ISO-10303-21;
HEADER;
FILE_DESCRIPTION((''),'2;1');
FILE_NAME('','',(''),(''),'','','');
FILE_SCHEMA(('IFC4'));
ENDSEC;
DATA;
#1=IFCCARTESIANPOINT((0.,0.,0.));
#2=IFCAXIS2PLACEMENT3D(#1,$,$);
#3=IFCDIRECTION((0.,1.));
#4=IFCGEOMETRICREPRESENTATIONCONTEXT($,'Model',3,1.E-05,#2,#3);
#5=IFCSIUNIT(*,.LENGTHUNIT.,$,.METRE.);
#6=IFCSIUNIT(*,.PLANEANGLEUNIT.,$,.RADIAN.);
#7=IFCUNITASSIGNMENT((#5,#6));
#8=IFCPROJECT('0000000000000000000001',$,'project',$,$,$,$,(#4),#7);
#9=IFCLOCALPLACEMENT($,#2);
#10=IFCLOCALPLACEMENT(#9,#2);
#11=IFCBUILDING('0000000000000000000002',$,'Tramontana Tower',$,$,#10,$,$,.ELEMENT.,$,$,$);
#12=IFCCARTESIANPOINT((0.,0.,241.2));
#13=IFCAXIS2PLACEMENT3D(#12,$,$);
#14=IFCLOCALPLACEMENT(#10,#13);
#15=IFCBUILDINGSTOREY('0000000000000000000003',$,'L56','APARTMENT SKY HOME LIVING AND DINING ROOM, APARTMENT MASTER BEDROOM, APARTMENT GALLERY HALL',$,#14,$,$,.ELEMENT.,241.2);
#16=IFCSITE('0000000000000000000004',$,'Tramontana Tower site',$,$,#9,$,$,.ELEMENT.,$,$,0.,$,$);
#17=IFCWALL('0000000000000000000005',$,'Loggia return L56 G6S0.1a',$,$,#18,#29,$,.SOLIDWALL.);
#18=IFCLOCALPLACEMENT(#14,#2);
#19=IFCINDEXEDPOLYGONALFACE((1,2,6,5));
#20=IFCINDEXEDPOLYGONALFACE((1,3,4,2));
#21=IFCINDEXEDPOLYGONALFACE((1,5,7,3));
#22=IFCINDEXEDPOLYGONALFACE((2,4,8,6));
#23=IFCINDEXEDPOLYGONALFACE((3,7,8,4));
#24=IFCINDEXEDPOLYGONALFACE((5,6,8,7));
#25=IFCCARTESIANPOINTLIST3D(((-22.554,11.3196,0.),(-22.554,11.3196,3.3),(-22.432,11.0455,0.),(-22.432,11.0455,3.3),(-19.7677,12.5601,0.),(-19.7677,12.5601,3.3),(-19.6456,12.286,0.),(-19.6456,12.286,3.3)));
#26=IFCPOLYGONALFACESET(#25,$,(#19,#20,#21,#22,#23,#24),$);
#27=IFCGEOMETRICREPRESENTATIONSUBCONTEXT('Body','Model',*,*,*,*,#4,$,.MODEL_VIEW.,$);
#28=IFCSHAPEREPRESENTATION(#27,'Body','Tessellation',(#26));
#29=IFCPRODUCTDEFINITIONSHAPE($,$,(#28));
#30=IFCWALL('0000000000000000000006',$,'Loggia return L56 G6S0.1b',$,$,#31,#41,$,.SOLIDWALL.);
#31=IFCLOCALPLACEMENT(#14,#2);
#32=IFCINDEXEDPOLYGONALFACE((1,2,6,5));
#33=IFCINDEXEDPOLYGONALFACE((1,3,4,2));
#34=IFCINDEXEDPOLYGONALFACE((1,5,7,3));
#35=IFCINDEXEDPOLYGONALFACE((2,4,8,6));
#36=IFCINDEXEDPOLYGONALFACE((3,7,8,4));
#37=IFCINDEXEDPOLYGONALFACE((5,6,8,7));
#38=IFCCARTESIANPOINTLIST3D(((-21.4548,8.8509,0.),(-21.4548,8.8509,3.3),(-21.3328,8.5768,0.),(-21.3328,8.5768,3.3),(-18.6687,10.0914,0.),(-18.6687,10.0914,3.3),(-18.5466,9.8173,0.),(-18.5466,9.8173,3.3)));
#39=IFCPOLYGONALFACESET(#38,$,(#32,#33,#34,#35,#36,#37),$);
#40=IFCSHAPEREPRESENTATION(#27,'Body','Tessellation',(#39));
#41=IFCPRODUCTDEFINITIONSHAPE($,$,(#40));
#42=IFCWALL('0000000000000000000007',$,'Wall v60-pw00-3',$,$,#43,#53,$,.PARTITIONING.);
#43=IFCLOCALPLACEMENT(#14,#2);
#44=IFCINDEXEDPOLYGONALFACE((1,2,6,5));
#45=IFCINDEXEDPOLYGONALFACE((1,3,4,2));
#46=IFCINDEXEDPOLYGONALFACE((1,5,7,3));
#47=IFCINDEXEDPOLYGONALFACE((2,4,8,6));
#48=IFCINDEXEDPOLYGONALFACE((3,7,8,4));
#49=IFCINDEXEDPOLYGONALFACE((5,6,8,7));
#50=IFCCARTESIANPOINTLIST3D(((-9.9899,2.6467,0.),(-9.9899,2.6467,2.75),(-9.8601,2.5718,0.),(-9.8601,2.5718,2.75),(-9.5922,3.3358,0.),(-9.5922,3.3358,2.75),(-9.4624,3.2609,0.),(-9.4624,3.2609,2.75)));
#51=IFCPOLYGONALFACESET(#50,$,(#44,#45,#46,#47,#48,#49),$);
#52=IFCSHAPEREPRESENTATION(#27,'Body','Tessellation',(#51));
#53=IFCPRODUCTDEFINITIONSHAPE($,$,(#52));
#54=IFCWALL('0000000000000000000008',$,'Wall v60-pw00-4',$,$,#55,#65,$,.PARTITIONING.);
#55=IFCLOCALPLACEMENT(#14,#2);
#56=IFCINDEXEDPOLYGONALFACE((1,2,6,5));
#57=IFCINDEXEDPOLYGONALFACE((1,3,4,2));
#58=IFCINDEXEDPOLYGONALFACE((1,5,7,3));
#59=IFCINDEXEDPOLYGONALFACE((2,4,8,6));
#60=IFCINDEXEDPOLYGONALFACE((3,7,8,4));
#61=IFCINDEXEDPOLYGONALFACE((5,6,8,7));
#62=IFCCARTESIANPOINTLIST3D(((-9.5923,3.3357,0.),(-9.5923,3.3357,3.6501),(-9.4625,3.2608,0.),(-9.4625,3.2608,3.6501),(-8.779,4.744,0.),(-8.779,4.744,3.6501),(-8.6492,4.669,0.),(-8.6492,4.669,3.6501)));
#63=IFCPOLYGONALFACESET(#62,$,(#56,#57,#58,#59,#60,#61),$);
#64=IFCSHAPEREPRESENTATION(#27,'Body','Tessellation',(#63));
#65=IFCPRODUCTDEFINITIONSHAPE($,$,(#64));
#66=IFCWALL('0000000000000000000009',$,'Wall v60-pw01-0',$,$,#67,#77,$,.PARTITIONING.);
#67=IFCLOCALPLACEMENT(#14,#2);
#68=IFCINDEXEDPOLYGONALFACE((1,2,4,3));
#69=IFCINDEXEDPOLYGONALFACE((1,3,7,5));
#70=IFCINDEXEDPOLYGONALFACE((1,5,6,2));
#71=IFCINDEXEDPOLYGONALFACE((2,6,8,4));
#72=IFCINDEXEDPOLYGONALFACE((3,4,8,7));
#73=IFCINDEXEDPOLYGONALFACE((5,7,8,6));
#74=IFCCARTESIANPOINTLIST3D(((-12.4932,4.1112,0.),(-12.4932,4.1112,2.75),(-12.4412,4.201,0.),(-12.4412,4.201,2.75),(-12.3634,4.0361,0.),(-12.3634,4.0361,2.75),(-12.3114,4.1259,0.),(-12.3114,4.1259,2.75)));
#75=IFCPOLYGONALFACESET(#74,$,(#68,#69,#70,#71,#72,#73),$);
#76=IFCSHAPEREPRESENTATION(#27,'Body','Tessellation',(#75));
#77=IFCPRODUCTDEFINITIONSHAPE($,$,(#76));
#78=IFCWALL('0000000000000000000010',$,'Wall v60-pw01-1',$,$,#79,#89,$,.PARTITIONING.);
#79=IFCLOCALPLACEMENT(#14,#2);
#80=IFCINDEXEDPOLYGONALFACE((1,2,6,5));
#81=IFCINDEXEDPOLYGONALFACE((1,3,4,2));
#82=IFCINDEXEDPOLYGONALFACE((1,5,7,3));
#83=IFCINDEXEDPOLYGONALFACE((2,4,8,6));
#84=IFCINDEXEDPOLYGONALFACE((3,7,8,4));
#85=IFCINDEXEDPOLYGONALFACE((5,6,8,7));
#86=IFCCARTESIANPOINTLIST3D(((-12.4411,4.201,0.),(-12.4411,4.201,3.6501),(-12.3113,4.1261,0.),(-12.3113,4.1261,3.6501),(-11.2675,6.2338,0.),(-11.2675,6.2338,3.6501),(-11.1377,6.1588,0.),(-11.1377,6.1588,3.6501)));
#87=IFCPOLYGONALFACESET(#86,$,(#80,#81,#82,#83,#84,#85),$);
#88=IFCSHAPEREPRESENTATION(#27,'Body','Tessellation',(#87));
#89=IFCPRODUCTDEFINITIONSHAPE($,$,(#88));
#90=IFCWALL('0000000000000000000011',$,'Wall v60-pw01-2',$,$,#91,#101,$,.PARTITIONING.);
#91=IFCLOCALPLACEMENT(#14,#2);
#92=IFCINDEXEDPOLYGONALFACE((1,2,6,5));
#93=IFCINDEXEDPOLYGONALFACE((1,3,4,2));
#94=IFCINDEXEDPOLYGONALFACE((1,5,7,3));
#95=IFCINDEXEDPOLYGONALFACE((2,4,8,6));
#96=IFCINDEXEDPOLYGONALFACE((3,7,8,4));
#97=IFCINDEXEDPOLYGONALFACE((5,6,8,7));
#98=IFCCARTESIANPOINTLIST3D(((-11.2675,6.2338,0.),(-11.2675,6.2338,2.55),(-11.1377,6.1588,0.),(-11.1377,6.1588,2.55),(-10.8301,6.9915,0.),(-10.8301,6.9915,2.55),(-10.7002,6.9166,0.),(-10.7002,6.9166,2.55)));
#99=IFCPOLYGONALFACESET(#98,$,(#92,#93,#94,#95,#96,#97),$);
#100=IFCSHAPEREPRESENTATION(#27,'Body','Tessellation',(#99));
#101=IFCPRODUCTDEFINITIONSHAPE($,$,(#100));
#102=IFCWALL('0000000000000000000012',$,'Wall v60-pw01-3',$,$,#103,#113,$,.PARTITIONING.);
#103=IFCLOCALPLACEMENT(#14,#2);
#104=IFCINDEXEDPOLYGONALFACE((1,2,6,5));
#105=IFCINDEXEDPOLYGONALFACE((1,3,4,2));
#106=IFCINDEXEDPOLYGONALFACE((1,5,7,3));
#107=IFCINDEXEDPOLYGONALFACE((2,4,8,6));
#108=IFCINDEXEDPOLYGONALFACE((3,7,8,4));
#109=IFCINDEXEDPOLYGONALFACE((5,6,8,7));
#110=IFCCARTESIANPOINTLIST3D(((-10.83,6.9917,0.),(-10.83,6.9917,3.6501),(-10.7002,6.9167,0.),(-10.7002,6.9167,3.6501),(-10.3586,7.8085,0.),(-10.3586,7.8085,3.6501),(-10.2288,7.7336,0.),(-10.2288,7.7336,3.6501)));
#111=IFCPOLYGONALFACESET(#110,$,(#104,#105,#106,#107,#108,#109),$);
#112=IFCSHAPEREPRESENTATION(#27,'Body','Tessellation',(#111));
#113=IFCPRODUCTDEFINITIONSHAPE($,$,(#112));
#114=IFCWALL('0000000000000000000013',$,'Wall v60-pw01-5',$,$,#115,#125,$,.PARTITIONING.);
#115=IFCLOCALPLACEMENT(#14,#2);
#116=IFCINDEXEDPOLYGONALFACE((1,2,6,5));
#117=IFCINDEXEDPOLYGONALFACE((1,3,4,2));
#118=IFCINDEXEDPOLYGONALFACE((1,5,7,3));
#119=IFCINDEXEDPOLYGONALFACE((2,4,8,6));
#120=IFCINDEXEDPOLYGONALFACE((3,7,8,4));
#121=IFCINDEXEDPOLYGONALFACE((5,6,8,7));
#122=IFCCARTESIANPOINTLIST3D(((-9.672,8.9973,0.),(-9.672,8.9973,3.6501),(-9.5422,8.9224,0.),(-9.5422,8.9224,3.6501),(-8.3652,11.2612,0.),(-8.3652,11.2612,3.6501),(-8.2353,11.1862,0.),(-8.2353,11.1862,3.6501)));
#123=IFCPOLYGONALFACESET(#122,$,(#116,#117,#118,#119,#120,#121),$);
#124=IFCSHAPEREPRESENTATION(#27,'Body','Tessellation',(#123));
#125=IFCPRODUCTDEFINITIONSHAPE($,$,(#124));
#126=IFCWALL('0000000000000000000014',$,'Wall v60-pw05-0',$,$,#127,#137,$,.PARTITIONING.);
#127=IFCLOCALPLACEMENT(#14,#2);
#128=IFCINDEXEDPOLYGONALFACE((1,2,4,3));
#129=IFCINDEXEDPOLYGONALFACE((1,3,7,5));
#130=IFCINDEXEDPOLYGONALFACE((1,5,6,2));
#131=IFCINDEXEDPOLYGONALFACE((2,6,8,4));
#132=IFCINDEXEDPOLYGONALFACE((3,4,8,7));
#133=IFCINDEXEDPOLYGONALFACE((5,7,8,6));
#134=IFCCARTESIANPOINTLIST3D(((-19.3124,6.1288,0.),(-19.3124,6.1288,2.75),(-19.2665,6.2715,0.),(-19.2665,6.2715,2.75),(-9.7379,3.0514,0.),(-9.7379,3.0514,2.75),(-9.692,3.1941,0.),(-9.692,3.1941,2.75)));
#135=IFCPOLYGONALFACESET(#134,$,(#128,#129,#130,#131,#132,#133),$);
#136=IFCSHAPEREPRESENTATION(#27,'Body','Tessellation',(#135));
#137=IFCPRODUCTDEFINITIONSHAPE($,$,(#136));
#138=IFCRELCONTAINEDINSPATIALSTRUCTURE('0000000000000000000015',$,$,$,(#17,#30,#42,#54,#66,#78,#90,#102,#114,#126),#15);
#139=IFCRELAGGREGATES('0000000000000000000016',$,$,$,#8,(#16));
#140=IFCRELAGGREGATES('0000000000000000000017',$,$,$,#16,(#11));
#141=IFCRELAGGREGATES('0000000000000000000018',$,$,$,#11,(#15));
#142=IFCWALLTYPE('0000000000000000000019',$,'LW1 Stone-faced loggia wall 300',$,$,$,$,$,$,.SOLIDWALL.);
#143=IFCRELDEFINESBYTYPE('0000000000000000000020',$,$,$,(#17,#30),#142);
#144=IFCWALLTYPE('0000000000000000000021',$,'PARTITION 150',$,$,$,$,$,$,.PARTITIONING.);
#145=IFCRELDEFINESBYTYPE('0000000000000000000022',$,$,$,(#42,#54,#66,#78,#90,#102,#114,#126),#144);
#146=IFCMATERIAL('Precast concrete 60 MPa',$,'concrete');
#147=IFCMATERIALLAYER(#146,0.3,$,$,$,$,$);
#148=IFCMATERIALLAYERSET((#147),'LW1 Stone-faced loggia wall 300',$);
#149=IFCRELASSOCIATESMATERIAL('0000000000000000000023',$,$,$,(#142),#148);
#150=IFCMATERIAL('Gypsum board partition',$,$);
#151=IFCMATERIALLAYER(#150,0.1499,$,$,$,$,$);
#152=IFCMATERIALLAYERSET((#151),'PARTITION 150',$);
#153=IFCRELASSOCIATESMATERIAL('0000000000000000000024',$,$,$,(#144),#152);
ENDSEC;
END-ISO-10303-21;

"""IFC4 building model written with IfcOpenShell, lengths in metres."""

from ifc_helpers import new_model, si_unit, direction, frame, frame_2d, origin, place, context, subcontext, project, spatial, rectangle, extrude, material, layer, layer_set, type_object, element, save


model = new_model("IFC4")

# Units and contexts
model_context = context("Model", 3, precision=1e-05, world=origin(), true_north=direction((0.0, 1.0)))
body_context = subcontext(model_context, "Body", "Model", "MODEL_VIEW")
ifc_project = project(units=[si_unit("LENGTHUNIT", "METRE"), si_unit("PLANEANGLEUNIT", "RADIAN")], contexts=[model_context])

# Site, building, storey
site_placement = place(None, origin())
site = spatial("IfcSite", under=ifc_project, at=site_placement, Name="Tramontana Tower site", CompositionType="ELEMENT", RefElevation=0.0)
building_placement = place(site_placement, origin())
building = spatial("IfcBuilding", under=site, at=building_placement, Name="Tramontana Tower", CompositionType="ELEMENT")
storey_placement = place(building_placement, frame((0.0, 0.0, 241.2)))
storey = spatial("IfcBuildingStorey", under=building, at=storey_placement, Name="L56", Description="APARTMENT SKY HOME LIVING AND DINING ROOM, APARTMENT MASTER BEDROOM, APARTMENT GALLERY HALL", CompositionType="ELEMENT", Elevation=241.2)

# Shared definitions
ifc_material_1 = material(Name="Precast concrete 60 MPa", Category="concrete")
ifc_layer_1 = layer(ifc_material_1, 0.3)
ifc_layer_set_1 = layer_set([ifc_layer_1], Name="LW1 Stone-faced loggia wall 300")
wall_type_1 = type_object("IfcWallType", Name="LW1 Stone-faced loggia wall 300", PredefinedType="SOLIDWALL", material=ifc_layer_set_1)

# Walls
wall_1_placement = place(storey_placement, frame((-22.4929, 11.1826, 0.0), z_axis=(0.0, 0.0, 1.0), x_axis=(0.913557, 0.40671, 0.0)))
element("IfcWall", 1, at=wall_1_placement, inside=storey, type_object=wall_type_1, Name="Loggia return L56 G6S0.1a", PredefinedType="SOLIDWALL", context=body_context, shape_type="SweptSolid", body=[
    extrude(rectangle(XDim=3.05, YDim=0.3, at=frame_2d((1.5249, 0.0))), origin(), (0.0, 0.0, 1.0), 3.3),
])
wall_2_placement = place(storey_placement, frame((-21.3938, 8.7139, 0.0), z_axis=(0.0, 0.0, 1.0), x_axis=(0.913544, 0.40674, 0.0)))
element("IfcWall", 2, at=wall_2_placement, inside=storey, type_object=wall_type_1, Name="Loggia return L56 G6S0.1b", PredefinedType="SOLIDWALL", context=body_context, shape_type="SweptSolid", body=[
    extrude(rectangle(XDim=3.0498, YDim=0.3, at=frame_2d((1.5249, 0.0))), origin(), (0.0, 0.0, 1.0), 3.3),
])
ifc_material_2 = material(Name="Gypsum board partition")
ifc_layer_2 = layer(ifc_material_2, 0.1499)
ifc_layer_set_2 = layer_set([ifc_layer_2], Name="PARTITION 150")
wall_type_2 = type_object("IfcWallType", Name="PARTITION 150", PredefinedType="PARTITIONING", material=ifc_layer_set_2)
wall_3_placement = place(storey_placement, frame((-9.925, 2.6091, 0.0), z_axis=(0.0, 0.0, 1.0), x_axis=(0.499802, 0.86614, 0.0)))
element("IfcWall", 3, at=wall_3_placement, inside=storey, type_object=wall_type_2, Name="Wall v60-pw00-3", PredefinedType="PARTITIONING", context=body_context, shape_type="SweptSolid", body=[
    extrude(rectangle(XDim=0.7957, YDim=0.1499, at=frame_2d((0.3979, 0.0))), origin(), (0.0, 0.0, 1.0), 2.75),
])
wall_4_placement = place(storey_placement, frame((-9.5273, 3.2983, 0.0), z_axis=(0.0, 0.0, 1.0), x_axis=(0.500095, 0.865971, 0.0)))
element("IfcWall", 4, at=wall_4_placement, inside=storey, type_object=wall_type_2, Name="Wall v60-pw00-4", PredefinedType="PARTITIONING", context=body_context, shape_type="SweptSolid", body=[
    extrude(rectangle(XDim=1.6262, YDim=0.1499, at=frame_2d((0.813, 0.0))), origin(), (0.0, 0.0, 1.0), 3.6501),
])
wall_5_placement = place(storey_placement, frame((-12.4282, 4.0737, 0.0), z_axis=(0.0, 0.0, 1.0), x_axis=(0.500944, 0.86548, 0.0)))
element("IfcWall", 5, at=wall_5_placement, inside=storey, type_object=wall_type_2, Name="Wall v60-pw01-0", PredefinedType="PARTITIONING", context=body_context, shape_type="SweptSolid", body=[
    extrude(rectangle(XDim=0.1038, YDim=0.1499, at=frame_2d((0.0518, 0.0))), origin(), (0.0, 0.0, 1.0), 2.75),
])
wall_6_placement = place(storey_placement, frame((-12.3762, 4.1636, 0.0), z_axis=(0.0, 0.0, 1.0), x_axis=(0.499999, 0.866026, 0.0)))
element("IfcWall", 6, at=wall_6_placement, inside=storey, type_object=wall_type_2, Name="Wall v60-pw01-1", PredefinedType="PARTITIONING", context=body_context, shape_type="SweptSolid", body=[
    extrude(rectangle(XDim=2.3472, YDim=0.1499, at=frame_2d((1.1736, 0.0))), origin(), (0.0, 0.0, 1.0), 3.6501),
])
wall_7_placement = place(storey_placement, frame((-11.2026, 6.1963, 0.0), z_axis=(0.0, 0.0, 1.0), x_axis=(0.49998, 0.866037, 0.0)))
element("IfcWall", 7, at=wall_7_placement, inside=storey, type_object=wall_type_2, Name="Wall v60-pw01-2", PredefinedType="PARTITIONING", context=body_context, shape_type="SweptSolid", body=[
    extrude(rectangle(XDim=0.875, YDim=0.1499, at=frame_2d((0.4375, 0.0))), origin(), (0.0, 0.0, 1.0), 2.55),
])
wall_8_placement = place(storey_placement, frame((-10.7651, 6.9541, 0.0), z_axis=(0.0, 0.0, 1.0), x_axis=(0.499842, 0.866117, 0.0)))
element("IfcWall", 8, at=wall_8_placement, inside=storey, type_object=wall_type_2, Name="Wall v60-pw01-3", PredefinedType="PARTITIONING", context=body_context, shape_type="SweptSolid", body=[
    extrude(rectangle(XDim=0.9431, YDim=0.1499, at=frame_2d((0.4717, 0.0))), origin(), (0.0, 0.0, 1.0), 3.6501),
])

# Walls
wall_9_placement = place(storey_placement, frame((-9.6072, 8.9597, 0.0), z_axis=(0.0, 0.0, 1.0), x_axis=(0.499946, 0.866057, 0.0)))
element("IfcWall", 9, at=wall_9_placement, inside=storey, type_object=wall_type_2, Name="Wall v60-pw01-5", PredefinedType="PARTITIONING", context=body_context, shape_type="SweptSolid", body=[
    extrude(rectangle(XDim=2.614, YDim=0.1499, at=frame_2d((1.3071, 0.0))), origin(), (0.0, 0.0, 1.0), 3.6501),
])
wall_10_placement = place(storey_placement, frame((-9.7151, 3.1228, 0.0), z_axis=(0.0, 0.0, 1.0), x_axis=(-0.952032, 0.305999, 0.0)))
element("IfcWall", 10, at=wall_10_placement, inside=storey, type_object=wall_type_2, Name="Wall v60-pw05-0", PredefinedType="PARTITIONING", context=body_context, shape_type="SweptSolid", body=[
    extrude(rectangle(XDim=10.0569, YDim=0.1499, at=frame_2d((5.0283, 0.0))), origin(), (0.0, 0.0, 1.0), 2.75),
])

save(model, "model.ifc")
